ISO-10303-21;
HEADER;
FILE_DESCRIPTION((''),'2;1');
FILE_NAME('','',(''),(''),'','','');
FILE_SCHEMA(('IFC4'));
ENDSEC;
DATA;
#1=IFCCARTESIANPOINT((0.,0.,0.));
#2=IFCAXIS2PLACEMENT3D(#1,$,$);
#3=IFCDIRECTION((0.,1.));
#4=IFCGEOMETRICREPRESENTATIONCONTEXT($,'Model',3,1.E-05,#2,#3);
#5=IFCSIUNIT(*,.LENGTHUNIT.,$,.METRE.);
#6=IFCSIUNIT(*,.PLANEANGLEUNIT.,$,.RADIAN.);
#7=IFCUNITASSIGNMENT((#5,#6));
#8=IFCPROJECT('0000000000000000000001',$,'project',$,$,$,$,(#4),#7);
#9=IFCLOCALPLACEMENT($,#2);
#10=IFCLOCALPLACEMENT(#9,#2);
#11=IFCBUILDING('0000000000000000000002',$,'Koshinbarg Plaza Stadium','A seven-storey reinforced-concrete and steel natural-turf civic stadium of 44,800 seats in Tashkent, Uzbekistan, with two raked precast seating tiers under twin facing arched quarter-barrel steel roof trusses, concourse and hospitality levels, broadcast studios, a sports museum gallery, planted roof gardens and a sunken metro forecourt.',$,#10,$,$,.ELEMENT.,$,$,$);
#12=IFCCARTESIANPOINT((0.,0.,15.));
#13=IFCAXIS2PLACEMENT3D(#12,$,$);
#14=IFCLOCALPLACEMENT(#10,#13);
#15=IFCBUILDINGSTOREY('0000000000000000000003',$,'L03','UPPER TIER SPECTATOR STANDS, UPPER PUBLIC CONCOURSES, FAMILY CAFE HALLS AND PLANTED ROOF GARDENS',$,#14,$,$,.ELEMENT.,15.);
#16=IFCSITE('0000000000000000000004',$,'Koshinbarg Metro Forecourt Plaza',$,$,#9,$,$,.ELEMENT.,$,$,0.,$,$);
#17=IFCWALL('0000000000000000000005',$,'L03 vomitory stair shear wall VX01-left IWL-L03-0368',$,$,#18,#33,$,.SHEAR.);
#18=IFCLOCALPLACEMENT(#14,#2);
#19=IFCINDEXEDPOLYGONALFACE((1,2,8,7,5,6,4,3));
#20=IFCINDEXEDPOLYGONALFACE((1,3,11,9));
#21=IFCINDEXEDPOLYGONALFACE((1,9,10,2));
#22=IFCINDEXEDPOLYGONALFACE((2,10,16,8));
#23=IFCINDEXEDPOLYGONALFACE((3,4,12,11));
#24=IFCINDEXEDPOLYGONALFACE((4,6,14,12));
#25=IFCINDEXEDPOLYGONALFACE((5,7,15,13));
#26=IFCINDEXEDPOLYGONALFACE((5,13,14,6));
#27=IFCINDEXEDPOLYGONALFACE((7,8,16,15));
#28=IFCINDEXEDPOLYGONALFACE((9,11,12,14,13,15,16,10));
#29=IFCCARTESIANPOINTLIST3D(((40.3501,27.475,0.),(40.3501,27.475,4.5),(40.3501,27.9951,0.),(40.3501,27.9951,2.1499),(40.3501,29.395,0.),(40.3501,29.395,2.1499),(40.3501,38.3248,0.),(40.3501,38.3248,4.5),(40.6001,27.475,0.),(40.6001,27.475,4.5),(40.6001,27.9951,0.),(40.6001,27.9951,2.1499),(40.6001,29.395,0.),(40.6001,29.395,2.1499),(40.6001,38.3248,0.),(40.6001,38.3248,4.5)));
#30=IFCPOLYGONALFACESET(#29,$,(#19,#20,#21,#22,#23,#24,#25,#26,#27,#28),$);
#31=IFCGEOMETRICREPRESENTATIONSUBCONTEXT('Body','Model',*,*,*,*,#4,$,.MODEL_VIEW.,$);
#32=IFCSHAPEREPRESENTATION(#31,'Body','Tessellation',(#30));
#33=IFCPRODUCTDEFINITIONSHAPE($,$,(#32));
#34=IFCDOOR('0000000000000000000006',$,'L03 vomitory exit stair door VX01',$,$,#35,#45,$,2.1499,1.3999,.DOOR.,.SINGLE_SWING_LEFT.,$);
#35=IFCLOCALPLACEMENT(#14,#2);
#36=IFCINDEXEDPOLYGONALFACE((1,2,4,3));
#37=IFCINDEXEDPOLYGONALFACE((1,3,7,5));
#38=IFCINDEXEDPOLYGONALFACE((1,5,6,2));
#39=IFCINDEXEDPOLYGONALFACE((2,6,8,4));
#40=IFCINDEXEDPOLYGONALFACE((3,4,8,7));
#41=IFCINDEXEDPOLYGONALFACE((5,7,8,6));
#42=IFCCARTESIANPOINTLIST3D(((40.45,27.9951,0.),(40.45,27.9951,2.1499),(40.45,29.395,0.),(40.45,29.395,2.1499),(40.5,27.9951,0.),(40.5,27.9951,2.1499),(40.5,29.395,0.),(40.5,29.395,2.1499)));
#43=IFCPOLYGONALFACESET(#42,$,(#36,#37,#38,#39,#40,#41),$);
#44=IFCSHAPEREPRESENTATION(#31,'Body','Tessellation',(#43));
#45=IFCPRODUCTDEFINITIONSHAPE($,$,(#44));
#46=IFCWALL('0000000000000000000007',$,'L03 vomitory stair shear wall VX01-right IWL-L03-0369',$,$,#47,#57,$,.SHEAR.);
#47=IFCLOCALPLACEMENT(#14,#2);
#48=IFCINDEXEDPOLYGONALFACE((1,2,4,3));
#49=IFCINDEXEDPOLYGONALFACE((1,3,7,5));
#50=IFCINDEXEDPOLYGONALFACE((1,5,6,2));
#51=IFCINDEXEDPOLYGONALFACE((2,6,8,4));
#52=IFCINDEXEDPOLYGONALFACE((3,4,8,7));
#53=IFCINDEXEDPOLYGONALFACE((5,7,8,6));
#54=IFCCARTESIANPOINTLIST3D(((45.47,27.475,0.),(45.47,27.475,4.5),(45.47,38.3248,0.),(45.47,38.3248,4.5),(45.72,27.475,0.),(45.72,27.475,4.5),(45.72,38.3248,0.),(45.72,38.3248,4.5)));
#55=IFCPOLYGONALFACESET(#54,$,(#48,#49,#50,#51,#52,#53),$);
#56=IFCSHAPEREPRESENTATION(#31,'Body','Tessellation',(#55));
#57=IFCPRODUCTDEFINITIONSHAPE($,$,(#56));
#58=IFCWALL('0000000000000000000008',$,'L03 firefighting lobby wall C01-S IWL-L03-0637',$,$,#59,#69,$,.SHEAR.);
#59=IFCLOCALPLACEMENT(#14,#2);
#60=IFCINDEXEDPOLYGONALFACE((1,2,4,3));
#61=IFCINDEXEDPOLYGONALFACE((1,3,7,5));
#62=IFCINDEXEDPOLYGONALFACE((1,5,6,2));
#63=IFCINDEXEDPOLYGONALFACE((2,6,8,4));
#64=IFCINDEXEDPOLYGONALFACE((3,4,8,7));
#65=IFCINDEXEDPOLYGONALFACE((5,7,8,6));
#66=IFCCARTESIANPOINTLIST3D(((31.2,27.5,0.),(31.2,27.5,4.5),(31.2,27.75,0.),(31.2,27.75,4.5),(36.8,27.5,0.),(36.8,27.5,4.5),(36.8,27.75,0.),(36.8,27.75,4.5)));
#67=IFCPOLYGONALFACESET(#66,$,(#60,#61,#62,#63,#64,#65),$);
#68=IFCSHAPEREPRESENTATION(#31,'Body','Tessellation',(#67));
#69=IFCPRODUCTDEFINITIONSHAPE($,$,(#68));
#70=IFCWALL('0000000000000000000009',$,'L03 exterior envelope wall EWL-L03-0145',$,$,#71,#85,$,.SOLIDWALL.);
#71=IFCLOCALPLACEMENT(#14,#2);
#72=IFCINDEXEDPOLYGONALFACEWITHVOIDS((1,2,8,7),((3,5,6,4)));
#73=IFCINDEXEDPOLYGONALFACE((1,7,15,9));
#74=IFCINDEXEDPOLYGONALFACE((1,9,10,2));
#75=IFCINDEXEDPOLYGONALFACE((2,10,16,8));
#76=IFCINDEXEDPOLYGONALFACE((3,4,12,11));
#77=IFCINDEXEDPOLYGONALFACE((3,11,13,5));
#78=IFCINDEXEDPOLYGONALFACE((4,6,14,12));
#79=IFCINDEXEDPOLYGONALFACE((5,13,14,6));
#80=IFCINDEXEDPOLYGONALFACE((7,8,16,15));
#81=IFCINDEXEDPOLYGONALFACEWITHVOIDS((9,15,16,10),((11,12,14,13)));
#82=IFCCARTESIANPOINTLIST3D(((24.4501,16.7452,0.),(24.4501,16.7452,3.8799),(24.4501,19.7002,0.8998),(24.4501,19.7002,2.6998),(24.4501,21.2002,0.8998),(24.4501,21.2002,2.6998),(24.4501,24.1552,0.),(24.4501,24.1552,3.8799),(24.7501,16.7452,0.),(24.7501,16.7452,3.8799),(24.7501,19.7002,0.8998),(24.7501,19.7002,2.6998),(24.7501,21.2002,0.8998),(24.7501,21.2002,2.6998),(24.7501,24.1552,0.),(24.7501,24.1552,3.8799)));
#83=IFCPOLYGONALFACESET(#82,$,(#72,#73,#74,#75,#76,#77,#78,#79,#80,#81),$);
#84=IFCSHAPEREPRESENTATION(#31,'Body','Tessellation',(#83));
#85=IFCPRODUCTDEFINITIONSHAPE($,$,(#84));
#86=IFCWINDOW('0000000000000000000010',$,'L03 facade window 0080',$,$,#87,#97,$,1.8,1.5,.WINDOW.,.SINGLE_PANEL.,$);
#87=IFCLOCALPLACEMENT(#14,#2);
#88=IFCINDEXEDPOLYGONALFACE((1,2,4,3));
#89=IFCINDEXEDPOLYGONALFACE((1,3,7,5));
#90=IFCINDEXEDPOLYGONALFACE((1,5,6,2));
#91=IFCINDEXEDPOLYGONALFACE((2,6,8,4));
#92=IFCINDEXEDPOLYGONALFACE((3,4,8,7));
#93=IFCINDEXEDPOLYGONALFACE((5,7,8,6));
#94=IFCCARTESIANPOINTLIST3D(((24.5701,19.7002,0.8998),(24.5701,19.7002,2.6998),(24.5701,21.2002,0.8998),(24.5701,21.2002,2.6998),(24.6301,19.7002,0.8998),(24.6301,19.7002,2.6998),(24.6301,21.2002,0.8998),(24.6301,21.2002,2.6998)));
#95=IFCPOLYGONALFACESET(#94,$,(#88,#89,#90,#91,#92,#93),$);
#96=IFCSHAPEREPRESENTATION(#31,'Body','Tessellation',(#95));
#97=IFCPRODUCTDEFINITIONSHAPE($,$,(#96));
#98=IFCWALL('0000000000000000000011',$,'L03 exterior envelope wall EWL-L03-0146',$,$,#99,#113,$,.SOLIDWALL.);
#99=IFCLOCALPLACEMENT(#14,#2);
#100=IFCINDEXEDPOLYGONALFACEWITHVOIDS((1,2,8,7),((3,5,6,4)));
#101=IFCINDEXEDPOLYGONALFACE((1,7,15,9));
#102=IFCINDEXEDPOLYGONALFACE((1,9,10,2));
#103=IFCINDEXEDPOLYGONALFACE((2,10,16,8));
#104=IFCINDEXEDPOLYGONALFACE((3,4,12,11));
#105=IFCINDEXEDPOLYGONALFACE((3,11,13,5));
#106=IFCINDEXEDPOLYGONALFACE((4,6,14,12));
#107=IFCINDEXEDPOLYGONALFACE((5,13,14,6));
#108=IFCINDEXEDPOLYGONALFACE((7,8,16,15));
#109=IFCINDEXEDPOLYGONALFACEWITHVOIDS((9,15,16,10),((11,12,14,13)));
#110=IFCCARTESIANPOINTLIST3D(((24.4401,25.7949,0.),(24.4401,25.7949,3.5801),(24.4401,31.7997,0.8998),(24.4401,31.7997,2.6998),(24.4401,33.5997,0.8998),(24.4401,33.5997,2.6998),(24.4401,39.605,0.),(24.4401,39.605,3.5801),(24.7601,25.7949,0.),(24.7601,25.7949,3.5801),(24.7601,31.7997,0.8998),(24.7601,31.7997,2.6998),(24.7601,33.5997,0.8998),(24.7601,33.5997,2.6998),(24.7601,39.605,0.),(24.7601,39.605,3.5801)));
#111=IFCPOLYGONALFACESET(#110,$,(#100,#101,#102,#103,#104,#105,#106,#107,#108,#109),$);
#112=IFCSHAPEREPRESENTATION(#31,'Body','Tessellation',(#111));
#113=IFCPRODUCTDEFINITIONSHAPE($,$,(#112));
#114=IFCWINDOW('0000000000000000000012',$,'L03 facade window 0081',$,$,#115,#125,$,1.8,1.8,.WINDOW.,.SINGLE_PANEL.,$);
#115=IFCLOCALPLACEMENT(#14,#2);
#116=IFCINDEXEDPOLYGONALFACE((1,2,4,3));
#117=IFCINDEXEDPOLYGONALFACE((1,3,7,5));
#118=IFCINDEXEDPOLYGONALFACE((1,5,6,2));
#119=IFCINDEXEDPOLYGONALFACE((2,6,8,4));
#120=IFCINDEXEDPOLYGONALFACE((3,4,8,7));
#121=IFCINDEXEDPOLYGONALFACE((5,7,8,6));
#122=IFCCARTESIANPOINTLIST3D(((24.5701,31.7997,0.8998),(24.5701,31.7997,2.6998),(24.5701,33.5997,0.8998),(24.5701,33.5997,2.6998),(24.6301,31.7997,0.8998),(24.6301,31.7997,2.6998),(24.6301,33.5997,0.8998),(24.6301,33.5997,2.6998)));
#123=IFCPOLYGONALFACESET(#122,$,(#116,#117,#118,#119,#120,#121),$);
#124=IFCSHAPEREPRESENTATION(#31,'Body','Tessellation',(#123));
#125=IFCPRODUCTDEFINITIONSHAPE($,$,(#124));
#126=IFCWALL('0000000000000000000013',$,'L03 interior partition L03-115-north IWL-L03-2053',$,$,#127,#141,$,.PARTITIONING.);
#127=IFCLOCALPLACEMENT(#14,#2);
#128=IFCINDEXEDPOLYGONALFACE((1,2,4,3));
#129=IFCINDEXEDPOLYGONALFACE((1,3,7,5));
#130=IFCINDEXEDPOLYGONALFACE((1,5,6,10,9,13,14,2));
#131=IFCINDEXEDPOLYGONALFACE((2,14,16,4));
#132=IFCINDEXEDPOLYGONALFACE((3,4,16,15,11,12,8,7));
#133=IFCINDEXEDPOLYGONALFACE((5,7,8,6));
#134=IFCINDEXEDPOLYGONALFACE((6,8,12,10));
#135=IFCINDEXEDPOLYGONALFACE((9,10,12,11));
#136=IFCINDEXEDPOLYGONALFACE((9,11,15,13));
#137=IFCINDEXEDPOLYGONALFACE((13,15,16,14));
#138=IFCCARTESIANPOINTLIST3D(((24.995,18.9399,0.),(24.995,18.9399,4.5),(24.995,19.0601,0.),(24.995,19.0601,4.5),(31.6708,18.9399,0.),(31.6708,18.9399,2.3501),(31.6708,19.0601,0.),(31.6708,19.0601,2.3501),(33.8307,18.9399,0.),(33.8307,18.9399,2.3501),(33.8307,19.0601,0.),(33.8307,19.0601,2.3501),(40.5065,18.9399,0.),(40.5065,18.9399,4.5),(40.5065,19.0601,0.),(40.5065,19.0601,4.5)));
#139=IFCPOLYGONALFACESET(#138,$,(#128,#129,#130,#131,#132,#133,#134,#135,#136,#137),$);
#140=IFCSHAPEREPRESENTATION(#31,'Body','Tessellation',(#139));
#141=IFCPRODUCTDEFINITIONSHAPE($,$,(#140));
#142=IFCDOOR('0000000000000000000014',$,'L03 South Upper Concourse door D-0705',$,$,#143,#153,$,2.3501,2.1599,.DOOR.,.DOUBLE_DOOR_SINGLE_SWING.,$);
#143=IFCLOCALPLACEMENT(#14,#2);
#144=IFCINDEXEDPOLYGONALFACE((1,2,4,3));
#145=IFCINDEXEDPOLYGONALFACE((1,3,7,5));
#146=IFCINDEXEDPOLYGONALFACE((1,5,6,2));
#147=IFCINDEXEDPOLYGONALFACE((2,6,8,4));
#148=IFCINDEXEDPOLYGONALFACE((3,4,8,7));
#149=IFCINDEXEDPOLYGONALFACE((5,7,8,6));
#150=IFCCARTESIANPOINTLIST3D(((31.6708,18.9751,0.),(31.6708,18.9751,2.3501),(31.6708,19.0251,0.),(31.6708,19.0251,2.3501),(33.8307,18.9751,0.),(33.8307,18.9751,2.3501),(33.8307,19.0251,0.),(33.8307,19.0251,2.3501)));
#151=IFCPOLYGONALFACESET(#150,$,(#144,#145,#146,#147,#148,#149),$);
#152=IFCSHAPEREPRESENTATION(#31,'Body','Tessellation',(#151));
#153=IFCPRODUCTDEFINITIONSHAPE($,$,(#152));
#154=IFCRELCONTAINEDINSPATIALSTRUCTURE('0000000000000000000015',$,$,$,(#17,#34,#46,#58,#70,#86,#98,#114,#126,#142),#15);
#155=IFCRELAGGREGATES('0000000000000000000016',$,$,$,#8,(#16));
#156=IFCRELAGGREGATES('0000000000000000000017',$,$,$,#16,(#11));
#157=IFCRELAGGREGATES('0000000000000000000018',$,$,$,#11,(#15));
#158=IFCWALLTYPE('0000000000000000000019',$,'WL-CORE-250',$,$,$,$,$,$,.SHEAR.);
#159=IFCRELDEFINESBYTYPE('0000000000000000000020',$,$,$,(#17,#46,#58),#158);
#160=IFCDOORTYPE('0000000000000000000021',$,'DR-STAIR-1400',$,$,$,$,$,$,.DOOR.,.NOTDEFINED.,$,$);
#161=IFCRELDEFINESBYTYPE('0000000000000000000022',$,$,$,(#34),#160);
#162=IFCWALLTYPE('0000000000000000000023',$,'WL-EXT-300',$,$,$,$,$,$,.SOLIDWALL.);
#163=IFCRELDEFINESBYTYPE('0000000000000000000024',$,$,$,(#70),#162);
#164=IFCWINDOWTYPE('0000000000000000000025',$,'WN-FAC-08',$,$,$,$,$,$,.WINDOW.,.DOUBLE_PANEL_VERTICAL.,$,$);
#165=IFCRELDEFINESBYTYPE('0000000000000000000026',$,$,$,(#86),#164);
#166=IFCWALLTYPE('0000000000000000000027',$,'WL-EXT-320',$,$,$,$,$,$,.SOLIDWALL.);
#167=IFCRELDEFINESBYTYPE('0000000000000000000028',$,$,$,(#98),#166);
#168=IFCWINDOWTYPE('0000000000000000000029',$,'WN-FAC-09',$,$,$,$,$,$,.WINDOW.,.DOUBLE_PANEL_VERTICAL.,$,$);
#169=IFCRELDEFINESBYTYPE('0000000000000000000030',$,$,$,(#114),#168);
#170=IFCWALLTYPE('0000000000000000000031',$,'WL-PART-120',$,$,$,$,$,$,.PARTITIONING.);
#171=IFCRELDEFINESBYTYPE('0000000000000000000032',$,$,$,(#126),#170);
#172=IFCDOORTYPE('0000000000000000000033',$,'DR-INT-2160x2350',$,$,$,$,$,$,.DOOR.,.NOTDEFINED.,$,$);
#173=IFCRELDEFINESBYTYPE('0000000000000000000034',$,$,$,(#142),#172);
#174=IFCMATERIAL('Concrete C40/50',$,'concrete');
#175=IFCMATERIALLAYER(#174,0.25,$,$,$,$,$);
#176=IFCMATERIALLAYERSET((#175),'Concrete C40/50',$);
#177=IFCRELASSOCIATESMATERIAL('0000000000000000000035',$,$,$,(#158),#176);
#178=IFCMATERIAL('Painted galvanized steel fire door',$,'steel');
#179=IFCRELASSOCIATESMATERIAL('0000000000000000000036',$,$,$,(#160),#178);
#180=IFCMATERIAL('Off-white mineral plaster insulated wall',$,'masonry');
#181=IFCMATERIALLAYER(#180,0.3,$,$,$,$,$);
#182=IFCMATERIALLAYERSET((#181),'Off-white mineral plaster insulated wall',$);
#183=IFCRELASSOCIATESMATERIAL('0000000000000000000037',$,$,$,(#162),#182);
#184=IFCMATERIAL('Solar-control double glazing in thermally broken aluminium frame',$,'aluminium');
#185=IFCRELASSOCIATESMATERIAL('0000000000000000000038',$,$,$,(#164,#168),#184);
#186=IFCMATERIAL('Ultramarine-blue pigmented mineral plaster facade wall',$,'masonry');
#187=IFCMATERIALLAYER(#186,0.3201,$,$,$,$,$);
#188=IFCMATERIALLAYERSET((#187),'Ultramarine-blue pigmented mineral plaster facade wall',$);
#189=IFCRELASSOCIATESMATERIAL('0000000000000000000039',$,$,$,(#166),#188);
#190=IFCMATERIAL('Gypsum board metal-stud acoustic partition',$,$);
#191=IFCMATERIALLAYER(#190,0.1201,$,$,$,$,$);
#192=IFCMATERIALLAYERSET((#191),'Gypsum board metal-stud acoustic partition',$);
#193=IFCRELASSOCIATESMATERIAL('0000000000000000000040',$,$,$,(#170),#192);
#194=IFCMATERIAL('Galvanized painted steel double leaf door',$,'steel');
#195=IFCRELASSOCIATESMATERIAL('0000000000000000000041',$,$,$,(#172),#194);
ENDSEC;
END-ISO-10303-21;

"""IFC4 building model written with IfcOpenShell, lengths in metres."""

from ifc_helpers import new_model, si_unit, direction, frame, frame_2d, origin, place, context, subcontext, project, spatial, rectangle, extrude, material, layer, layer_set, type_object, element, fill, save


model = new_model("IFC4")

# Units and contexts
model_context = context("Model", 3, precision=1e-05, world=origin(), true_north=direction((0.0, 1.0)))
body_context = subcontext(model_context, "Body", "Model", "MODEL_VIEW")
ifc_project = project(units=[si_unit("LENGTHUNIT", "METRE"), si_unit("PLANEANGLEUNIT", "RADIAN")], contexts=[model_context])

# Site, building, storey
site_placement = place(None, origin())
site = spatial("IfcSite", under=ifc_project, at=site_placement, Name="Koshinbarg Metro Forecourt Plaza", CompositionType="ELEMENT", RefElevation=0.0)
building_placement = place(site_placement, origin())
building = spatial("IfcBuilding", under=site, at=building_placement, Name="Koshinbarg Plaza Stadium", Description="A seven-storey reinforced-concrete and steel natural-turf civic stadium of 44,800 seats in Tashkent, Uzbekistan, with two raked precast seating tiers under twin facing arched quarter-barrel steel roof trusses, concourse and hospitality levels, broadcast studios, a sports museum gallery, planted roof gardens and a sunken metro forecourt.", CompositionType="ELEMENT")
storey_placement = place(building_placement, frame((0.0, 0.0, 15.0)))
storey = spatial("IfcBuildingStorey", under=building, at=storey_placement, Name="L03", Description="UPPER TIER SPECTATOR STANDS, UPPER PUBLIC CONCOURSES, FAMILY CAFE HALLS AND PLANTED ROOF GARDENS", CompositionType="ELEMENT", Elevation=15.0)

# Shared definitions
ifc_material_1 = material(Name="Concrete C40/50", Category="concrete")

# Shared definitions
ifc_layer_1 = layer(ifc_material_1, 0.25)
ifc_layer_set_1 = layer_set([ifc_layer_1], Name="Concrete C40/50")
wall_type_1 = type_object("IfcWallType", Name="WL-CORE-250", PredefinedType="SHEAR", material=ifc_layer_set_1)

# Shared definitions
ifc_material_2 = material(Name="Painted galvanized steel fire door", Category="steel")
door_type_1 = type_object("IfcDoorType", Name="DR-STAIR-1400", OperationType="NOTDEFINED", PredefinedType="DOOR", material=ifc_material_2)

# Wall, opening, door
wall_1_placement = place(storey_placement, frame((40.4751, 27.4751, 0.0), z_axis=(0.0, 0.0, 1.0), x_axis=(0.0, 1.0, 0.0)))
wall_1 = element("IfcWall", 1, at=wall_1_placement, inside=storey, type_object=wall_type_1, Name="L03 vomitory stair shear wall VX01-left IWL-L03-0368", PredefinedType="SHEAR", context=body_context, shape_type="SweptSolid", body=[
    extrude(rectangle(XDim=10.8499, YDim=0.25, at=frame_2d((5.4248, 0.0))), origin(), (0.0, 0.0, 1.0), 4.5),
])
opening_1_placement = place(wall_1_placement, frame((0.52, 0.0, 0.0)))
opening_1 = element("IfcOpeningElement", 2, at=opening_1_placement, cuts=wall_1, PredefinedType="OPENING", context=body_context, shape_type="SweptSolid", body=[
    extrude(rectangle(XDim=1.3999, YDim=2.1499, at=frame_2d((0.7, 1.075))), frame((0.0, 0.135, 0.0), z_axis=(0.0, -1.0, 0.0), x_axis=(1.0, 0.0, 0.0)), (0.0, 0.0, 1.0), 0.27),
])
door_1_placement = place(opening_1_placement, frame((1.3999, 0.0, 0.0), z_axis=(0.0, 0.0, 1.0), x_axis=(-1.0, 0.0, 0.0)))
door_1 = element("IfcDoor", 3, at=door_1_placement, inside=storey, type_object=door_type_1, Name="L03 vomitory exit stair door VX01", OperationType="SINGLE_SWING_LEFT", OverallHeight=2.1499, OverallWidth=1.3999, PredefinedType="DOOR", context=body_context, shape_type="SweptSolid", body=[
    extrude(rectangle(XDim=1.3999, YDim=2.1499, at=frame_2d((0.7, 1.075))), frame((0.0, 0.0249, 0.0), z_axis=(0.0, -1.0, 0.0), x_axis=(1.0, 0.0, 0.0)), (0.0, 0.0, 1.0), 0.05),
])
fill(opening_1, door_1)

# Wall
wall_2_placement = place(storey_placement, frame((45.595, 27.4751, 0.0), z_axis=(0.0, 0.0, 1.0), x_axis=(0.0, 1.0, 0.0)))
element("IfcWall", 4, at=wall_2_placement, inside=storey, type_object=wall_type_1, Name="L03 vomitory stair shear wall VX01-right IWL-L03-0369", PredefinedType="SHEAR", context=body_context, shape_type="SweptSolid", body=[
    extrude(rectangle(XDim=10.8499, YDim=0.25, at=frame_2d((5.4248, 0.0))), origin(), (0.0, 0.0, 1.0), 4.5),
])

# Wall
wall_3_placement = place(storey_placement, frame((31.2, 27.625, 0.0), z_axis=(0.0, 0.0, 1.0), x_axis=(1.0, 0.0, 0.0)))
element("IfcWall", 5, at=wall_3_placement, inside=storey, type_object=wall_type_1, Name="L03 firefighting lobby wall C01-S IWL-L03-0637", PredefinedType="SHEAR", context=body_context, shape_type="SweptSolid", body=[
    extrude(rectangle(XDim=5.6001, YDim=0.25, at=frame_2d((2.8, 0.0))), origin(), (0.0, 0.0, 1.0), 4.5),
])

# Walls, openings, windows
ifc_material_3 = material(Name="Off-white mineral plaster insulated wall", Category="masonry")
ifc_layer_2 = layer(ifc_material_3, 0.3)
ifc_layer_set_2 = layer_set([ifc_layer_2], Name="Off-white mineral plaster insulated wall")
wall_type_2 = type_object("IfcWallType", Name="WL-EXT-300", PredefinedType="SOLIDWALL", material=ifc_layer_set_2)
wall_4_placement = place(storey_placement, frame((24.6001, 16.7451, 0.0), z_axis=(0.0, 0.0, 1.0), x_axis=(0.0, 1.0, 0.0)))
wall_4 = element("IfcWall", 6, at=wall_4_placement, inside=storey, type_object=wall_type_2, Name="L03 exterior envelope wall EWL-L03-0145", PredefinedType="SOLIDWALL", context=body_context, shape_type="SweptSolid", body=[
    extrude(rectangle(XDim=7.4099, YDim=0.3, at=frame_2d((3.7051, 0.0))), origin(), (0.0, 0.0, 1.0), 3.8799),
])
opening_2_placement = place(wall_4_placement, frame((2.9551, 0.0, 0.8999)))
opening_2 = element("IfcOpeningElement", 7, at=opening_2_placement, cuts=wall_4, PredefinedType="OPENING", context=body_context, shape_type="SweptSolid", body=[
    extrude(rectangle(XDim=1.5, YDim=1.8, at=frame_2d((0.75, 0.8999))), frame((0.0, 0.1599, 0.0), z_axis=(0.0, -1.0, 0.0), x_axis=(1.0, 0.0, 0.0)), (0.0, 0.0, 1.0), 0.3201),
])
ifc_material_4 = material(Name="Solar-control double glazing in thermally broken aluminium frame", Category="aluminium")
window_type_1 = type_object("IfcWindowType", Name="WN-FAC-08", PartitioningType="DOUBLE_PANEL_VERTICAL", PredefinedType="WINDOW", material=ifc_material_4)
window_1_placement = place(opening_2_placement, origin())
window_1 = element("IfcWindow", 8, at=window_1_placement, inside=storey, type_object=window_type_1, Name="L03 facade window 0080", OverallHeight=1.8, OverallWidth=1.5, PartitioningType="SINGLE_PANEL", PredefinedType="WINDOW", context=body_context, shape_type="SweptSolid", body=[
    extrude(rectangle(XDim=1.5, YDim=1.8, at=frame_2d((0.75, 0.8999))), frame((0.0, 0.03, 0.0), z_axis=(0.0, -1.0, 0.0), x_axis=(1.0, 0.0, 0.0)), (0.0, 0.0, 1.0), 0.0601),
])
fill(opening_2, window_1)
ifc_material_5 = material(Name="Ultramarine-blue pigmented mineral plaster facade wall", Category="masonry")
ifc_layer_3 = layer(ifc_material_5, 0.3201)
ifc_layer_set_3 = layer_set([ifc_layer_3], Name="Ultramarine-blue pigmented mineral plaster facade wall")
wall_type_3 = type_object("IfcWallType", Name="WL-EXT-320", PredefinedType="SOLIDWALL", material=ifc_layer_set_3)
wall_5_placement = place(storey_placement, frame((24.6001, 25.7949, 0.0), z_axis=(0.0, 0.0, 1.0), x_axis=(0.0, 1.0, 0.0)))
wall_5 = element("IfcWall", 9, at=wall_5_placement, inside=storey, type_object=wall_type_3, Name="L03 exterior envelope wall EWL-L03-0146", PredefinedType="SOLIDWALL", context=body_context, shape_type="SweptSolid", body=[
    extrude(rectangle(XDim=13.8101, YDim=0.3201, at=frame_2d((6.905, 0.0))), origin(), (0.0, 0.0, 1.0), 3.5801),
])
opening_3_placement = place(wall_5_placement, frame((6.0049, 0.0, 0.8999)))
opening_3 = element("IfcOpeningElement", 10, at=opening_3_placement, cuts=wall_5, PredefinedType="OPENING", context=body_context, shape_type="SweptSolid", body=[
    extrude(rectangle(XDim=1.8, YDim=1.8, at=frame_2d((0.8999, 0.8999))), frame((0.0, 0.1699, 0.0), z_axis=(0.0, -1.0, 0.0), x_axis=(1.0, 0.0, 0.0)), (0.0, 0.0, 1.0), 0.3401),
])
window_type_2 = type_object("IfcWindowType", Name="WN-FAC-09", PartitioningType="DOUBLE_PANEL_VERTICAL", PredefinedType="WINDOW", material=ifc_material_4)
window_2_placement = place(opening_3_placement, origin())
window_2 = element("IfcWindow", 11, at=window_2_placement, inside=storey, type_object=window_type_2, Name="L03 facade window 0081", OverallHeight=1.8, OverallWidth=1.8, PartitioningType="SINGLE_PANEL", PredefinedType="WINDOW", context=body_context, shape_type="SweptSolid", body=[
    extrude(rectangle(XDim=1.8, YDim=1.8, at=frame_2d((0.8999, 0.8999))), frame((0.0, 0.03, 0.0), z_axis=(0.0, -1.0, 0.0), x_axis=(1.0, 0.0, 0.0)), (0.0, 0.0, 1.0), 0.0601),
])
fill(opening_3, window_2)

# Wall, opening, door
ifc_material_6 = material(Name="Gypsum board metal-stud acoustic partition")
ifc_layer_4 = layer(ifc_material_6, 0.1201)
ifc_layer_set_4 = layer_set([ifc_layer_4], Name="Gypsum board metal-stud acoustic partition")
wall_type_4 = type_object("IfcWallType", Name="WL-PART-120", PredefinedType="PARTITIONING", material=ifc_layer_set_4)
wall_6_placement = place(storey_placement, frame((40.5066, 19.0, 0.0), z_axis=(0.0, 0.0, 1.0), x_axis=(-1.0, 0.0, 0.0)))
wall_6 = element("IfcWall", 12, at=wall_6_placement, inside=storey, type_object=wall_type_4, Name="L03 interior partition L03-115-north IWL-L03-2053", PredefinedType="PARTITIONING", context=body_context, shape_type="SweptSolid", body=[
    extrude(rectangle(XDim=15.5115, YDim=0.1201, at=frame_2d((7.7559, 0.0))), origin(), (0.0, 0.0, 1.0), 4.5),
])
opening_4_placement = place(wall_6_placement, frame((6.6758, 0.0, 0.0)))
opening_4 = element("IfcOpeningElement", 13, at=opening_4_placement, cuts=wall_6, PredefinedType="OPENING", context=body_context, shape_type="SweptSolid", body=[
    extrude(rectangle(XDim=2.1599, YDim=2.3501, at=frame_2d((1.0801, 1.175))), frame((0.0, 0.0701, 0.0), z_axis=(0.0, -1.0, 0.0), x_axis=(1.0, 0.0, 0.0)), (0.0, 0.0, 1.0), 0.1401),
])
ifc_material_7 = material(Name="Galvanized painted steel double leaf door", Category="steel")
door_type_2 = type_object("IfcDoorType", Name="DR-INT-2160x2350", OperationType="NOTDEFINED", PredefinedType="DOOR", material=ifc_material_7)
door_2_placement = place(opening_4_placement, origin())
door_2 = element("IfcDoor", 14, at=door_2_placement, inside=storey, type_object=door_type_2, Name="L03 South Upper Concourse door D-0705", OperationType="DOUBLE_DOOR_SINGLE_SWING", OverallHeight=2.3501, OverallWidth=2.1599, PredefinedType="DOOR", context=body_context, shape_type="SweptSolid", body=[
    extrude(rectangle(XDim=2.1599, YDim=2.3501, at=frame_2d((1.0801, 1.175))), frame((0.0, 0.0249, 0.0), z_axis=(0.0, -1.0, 0.0), x_axis=(1.0, 0.0, 0.0)), (0.0, 0.0, 1.0), 0.05),
])
fill(opening_4, door_2)

save(model, "model.ifc")
